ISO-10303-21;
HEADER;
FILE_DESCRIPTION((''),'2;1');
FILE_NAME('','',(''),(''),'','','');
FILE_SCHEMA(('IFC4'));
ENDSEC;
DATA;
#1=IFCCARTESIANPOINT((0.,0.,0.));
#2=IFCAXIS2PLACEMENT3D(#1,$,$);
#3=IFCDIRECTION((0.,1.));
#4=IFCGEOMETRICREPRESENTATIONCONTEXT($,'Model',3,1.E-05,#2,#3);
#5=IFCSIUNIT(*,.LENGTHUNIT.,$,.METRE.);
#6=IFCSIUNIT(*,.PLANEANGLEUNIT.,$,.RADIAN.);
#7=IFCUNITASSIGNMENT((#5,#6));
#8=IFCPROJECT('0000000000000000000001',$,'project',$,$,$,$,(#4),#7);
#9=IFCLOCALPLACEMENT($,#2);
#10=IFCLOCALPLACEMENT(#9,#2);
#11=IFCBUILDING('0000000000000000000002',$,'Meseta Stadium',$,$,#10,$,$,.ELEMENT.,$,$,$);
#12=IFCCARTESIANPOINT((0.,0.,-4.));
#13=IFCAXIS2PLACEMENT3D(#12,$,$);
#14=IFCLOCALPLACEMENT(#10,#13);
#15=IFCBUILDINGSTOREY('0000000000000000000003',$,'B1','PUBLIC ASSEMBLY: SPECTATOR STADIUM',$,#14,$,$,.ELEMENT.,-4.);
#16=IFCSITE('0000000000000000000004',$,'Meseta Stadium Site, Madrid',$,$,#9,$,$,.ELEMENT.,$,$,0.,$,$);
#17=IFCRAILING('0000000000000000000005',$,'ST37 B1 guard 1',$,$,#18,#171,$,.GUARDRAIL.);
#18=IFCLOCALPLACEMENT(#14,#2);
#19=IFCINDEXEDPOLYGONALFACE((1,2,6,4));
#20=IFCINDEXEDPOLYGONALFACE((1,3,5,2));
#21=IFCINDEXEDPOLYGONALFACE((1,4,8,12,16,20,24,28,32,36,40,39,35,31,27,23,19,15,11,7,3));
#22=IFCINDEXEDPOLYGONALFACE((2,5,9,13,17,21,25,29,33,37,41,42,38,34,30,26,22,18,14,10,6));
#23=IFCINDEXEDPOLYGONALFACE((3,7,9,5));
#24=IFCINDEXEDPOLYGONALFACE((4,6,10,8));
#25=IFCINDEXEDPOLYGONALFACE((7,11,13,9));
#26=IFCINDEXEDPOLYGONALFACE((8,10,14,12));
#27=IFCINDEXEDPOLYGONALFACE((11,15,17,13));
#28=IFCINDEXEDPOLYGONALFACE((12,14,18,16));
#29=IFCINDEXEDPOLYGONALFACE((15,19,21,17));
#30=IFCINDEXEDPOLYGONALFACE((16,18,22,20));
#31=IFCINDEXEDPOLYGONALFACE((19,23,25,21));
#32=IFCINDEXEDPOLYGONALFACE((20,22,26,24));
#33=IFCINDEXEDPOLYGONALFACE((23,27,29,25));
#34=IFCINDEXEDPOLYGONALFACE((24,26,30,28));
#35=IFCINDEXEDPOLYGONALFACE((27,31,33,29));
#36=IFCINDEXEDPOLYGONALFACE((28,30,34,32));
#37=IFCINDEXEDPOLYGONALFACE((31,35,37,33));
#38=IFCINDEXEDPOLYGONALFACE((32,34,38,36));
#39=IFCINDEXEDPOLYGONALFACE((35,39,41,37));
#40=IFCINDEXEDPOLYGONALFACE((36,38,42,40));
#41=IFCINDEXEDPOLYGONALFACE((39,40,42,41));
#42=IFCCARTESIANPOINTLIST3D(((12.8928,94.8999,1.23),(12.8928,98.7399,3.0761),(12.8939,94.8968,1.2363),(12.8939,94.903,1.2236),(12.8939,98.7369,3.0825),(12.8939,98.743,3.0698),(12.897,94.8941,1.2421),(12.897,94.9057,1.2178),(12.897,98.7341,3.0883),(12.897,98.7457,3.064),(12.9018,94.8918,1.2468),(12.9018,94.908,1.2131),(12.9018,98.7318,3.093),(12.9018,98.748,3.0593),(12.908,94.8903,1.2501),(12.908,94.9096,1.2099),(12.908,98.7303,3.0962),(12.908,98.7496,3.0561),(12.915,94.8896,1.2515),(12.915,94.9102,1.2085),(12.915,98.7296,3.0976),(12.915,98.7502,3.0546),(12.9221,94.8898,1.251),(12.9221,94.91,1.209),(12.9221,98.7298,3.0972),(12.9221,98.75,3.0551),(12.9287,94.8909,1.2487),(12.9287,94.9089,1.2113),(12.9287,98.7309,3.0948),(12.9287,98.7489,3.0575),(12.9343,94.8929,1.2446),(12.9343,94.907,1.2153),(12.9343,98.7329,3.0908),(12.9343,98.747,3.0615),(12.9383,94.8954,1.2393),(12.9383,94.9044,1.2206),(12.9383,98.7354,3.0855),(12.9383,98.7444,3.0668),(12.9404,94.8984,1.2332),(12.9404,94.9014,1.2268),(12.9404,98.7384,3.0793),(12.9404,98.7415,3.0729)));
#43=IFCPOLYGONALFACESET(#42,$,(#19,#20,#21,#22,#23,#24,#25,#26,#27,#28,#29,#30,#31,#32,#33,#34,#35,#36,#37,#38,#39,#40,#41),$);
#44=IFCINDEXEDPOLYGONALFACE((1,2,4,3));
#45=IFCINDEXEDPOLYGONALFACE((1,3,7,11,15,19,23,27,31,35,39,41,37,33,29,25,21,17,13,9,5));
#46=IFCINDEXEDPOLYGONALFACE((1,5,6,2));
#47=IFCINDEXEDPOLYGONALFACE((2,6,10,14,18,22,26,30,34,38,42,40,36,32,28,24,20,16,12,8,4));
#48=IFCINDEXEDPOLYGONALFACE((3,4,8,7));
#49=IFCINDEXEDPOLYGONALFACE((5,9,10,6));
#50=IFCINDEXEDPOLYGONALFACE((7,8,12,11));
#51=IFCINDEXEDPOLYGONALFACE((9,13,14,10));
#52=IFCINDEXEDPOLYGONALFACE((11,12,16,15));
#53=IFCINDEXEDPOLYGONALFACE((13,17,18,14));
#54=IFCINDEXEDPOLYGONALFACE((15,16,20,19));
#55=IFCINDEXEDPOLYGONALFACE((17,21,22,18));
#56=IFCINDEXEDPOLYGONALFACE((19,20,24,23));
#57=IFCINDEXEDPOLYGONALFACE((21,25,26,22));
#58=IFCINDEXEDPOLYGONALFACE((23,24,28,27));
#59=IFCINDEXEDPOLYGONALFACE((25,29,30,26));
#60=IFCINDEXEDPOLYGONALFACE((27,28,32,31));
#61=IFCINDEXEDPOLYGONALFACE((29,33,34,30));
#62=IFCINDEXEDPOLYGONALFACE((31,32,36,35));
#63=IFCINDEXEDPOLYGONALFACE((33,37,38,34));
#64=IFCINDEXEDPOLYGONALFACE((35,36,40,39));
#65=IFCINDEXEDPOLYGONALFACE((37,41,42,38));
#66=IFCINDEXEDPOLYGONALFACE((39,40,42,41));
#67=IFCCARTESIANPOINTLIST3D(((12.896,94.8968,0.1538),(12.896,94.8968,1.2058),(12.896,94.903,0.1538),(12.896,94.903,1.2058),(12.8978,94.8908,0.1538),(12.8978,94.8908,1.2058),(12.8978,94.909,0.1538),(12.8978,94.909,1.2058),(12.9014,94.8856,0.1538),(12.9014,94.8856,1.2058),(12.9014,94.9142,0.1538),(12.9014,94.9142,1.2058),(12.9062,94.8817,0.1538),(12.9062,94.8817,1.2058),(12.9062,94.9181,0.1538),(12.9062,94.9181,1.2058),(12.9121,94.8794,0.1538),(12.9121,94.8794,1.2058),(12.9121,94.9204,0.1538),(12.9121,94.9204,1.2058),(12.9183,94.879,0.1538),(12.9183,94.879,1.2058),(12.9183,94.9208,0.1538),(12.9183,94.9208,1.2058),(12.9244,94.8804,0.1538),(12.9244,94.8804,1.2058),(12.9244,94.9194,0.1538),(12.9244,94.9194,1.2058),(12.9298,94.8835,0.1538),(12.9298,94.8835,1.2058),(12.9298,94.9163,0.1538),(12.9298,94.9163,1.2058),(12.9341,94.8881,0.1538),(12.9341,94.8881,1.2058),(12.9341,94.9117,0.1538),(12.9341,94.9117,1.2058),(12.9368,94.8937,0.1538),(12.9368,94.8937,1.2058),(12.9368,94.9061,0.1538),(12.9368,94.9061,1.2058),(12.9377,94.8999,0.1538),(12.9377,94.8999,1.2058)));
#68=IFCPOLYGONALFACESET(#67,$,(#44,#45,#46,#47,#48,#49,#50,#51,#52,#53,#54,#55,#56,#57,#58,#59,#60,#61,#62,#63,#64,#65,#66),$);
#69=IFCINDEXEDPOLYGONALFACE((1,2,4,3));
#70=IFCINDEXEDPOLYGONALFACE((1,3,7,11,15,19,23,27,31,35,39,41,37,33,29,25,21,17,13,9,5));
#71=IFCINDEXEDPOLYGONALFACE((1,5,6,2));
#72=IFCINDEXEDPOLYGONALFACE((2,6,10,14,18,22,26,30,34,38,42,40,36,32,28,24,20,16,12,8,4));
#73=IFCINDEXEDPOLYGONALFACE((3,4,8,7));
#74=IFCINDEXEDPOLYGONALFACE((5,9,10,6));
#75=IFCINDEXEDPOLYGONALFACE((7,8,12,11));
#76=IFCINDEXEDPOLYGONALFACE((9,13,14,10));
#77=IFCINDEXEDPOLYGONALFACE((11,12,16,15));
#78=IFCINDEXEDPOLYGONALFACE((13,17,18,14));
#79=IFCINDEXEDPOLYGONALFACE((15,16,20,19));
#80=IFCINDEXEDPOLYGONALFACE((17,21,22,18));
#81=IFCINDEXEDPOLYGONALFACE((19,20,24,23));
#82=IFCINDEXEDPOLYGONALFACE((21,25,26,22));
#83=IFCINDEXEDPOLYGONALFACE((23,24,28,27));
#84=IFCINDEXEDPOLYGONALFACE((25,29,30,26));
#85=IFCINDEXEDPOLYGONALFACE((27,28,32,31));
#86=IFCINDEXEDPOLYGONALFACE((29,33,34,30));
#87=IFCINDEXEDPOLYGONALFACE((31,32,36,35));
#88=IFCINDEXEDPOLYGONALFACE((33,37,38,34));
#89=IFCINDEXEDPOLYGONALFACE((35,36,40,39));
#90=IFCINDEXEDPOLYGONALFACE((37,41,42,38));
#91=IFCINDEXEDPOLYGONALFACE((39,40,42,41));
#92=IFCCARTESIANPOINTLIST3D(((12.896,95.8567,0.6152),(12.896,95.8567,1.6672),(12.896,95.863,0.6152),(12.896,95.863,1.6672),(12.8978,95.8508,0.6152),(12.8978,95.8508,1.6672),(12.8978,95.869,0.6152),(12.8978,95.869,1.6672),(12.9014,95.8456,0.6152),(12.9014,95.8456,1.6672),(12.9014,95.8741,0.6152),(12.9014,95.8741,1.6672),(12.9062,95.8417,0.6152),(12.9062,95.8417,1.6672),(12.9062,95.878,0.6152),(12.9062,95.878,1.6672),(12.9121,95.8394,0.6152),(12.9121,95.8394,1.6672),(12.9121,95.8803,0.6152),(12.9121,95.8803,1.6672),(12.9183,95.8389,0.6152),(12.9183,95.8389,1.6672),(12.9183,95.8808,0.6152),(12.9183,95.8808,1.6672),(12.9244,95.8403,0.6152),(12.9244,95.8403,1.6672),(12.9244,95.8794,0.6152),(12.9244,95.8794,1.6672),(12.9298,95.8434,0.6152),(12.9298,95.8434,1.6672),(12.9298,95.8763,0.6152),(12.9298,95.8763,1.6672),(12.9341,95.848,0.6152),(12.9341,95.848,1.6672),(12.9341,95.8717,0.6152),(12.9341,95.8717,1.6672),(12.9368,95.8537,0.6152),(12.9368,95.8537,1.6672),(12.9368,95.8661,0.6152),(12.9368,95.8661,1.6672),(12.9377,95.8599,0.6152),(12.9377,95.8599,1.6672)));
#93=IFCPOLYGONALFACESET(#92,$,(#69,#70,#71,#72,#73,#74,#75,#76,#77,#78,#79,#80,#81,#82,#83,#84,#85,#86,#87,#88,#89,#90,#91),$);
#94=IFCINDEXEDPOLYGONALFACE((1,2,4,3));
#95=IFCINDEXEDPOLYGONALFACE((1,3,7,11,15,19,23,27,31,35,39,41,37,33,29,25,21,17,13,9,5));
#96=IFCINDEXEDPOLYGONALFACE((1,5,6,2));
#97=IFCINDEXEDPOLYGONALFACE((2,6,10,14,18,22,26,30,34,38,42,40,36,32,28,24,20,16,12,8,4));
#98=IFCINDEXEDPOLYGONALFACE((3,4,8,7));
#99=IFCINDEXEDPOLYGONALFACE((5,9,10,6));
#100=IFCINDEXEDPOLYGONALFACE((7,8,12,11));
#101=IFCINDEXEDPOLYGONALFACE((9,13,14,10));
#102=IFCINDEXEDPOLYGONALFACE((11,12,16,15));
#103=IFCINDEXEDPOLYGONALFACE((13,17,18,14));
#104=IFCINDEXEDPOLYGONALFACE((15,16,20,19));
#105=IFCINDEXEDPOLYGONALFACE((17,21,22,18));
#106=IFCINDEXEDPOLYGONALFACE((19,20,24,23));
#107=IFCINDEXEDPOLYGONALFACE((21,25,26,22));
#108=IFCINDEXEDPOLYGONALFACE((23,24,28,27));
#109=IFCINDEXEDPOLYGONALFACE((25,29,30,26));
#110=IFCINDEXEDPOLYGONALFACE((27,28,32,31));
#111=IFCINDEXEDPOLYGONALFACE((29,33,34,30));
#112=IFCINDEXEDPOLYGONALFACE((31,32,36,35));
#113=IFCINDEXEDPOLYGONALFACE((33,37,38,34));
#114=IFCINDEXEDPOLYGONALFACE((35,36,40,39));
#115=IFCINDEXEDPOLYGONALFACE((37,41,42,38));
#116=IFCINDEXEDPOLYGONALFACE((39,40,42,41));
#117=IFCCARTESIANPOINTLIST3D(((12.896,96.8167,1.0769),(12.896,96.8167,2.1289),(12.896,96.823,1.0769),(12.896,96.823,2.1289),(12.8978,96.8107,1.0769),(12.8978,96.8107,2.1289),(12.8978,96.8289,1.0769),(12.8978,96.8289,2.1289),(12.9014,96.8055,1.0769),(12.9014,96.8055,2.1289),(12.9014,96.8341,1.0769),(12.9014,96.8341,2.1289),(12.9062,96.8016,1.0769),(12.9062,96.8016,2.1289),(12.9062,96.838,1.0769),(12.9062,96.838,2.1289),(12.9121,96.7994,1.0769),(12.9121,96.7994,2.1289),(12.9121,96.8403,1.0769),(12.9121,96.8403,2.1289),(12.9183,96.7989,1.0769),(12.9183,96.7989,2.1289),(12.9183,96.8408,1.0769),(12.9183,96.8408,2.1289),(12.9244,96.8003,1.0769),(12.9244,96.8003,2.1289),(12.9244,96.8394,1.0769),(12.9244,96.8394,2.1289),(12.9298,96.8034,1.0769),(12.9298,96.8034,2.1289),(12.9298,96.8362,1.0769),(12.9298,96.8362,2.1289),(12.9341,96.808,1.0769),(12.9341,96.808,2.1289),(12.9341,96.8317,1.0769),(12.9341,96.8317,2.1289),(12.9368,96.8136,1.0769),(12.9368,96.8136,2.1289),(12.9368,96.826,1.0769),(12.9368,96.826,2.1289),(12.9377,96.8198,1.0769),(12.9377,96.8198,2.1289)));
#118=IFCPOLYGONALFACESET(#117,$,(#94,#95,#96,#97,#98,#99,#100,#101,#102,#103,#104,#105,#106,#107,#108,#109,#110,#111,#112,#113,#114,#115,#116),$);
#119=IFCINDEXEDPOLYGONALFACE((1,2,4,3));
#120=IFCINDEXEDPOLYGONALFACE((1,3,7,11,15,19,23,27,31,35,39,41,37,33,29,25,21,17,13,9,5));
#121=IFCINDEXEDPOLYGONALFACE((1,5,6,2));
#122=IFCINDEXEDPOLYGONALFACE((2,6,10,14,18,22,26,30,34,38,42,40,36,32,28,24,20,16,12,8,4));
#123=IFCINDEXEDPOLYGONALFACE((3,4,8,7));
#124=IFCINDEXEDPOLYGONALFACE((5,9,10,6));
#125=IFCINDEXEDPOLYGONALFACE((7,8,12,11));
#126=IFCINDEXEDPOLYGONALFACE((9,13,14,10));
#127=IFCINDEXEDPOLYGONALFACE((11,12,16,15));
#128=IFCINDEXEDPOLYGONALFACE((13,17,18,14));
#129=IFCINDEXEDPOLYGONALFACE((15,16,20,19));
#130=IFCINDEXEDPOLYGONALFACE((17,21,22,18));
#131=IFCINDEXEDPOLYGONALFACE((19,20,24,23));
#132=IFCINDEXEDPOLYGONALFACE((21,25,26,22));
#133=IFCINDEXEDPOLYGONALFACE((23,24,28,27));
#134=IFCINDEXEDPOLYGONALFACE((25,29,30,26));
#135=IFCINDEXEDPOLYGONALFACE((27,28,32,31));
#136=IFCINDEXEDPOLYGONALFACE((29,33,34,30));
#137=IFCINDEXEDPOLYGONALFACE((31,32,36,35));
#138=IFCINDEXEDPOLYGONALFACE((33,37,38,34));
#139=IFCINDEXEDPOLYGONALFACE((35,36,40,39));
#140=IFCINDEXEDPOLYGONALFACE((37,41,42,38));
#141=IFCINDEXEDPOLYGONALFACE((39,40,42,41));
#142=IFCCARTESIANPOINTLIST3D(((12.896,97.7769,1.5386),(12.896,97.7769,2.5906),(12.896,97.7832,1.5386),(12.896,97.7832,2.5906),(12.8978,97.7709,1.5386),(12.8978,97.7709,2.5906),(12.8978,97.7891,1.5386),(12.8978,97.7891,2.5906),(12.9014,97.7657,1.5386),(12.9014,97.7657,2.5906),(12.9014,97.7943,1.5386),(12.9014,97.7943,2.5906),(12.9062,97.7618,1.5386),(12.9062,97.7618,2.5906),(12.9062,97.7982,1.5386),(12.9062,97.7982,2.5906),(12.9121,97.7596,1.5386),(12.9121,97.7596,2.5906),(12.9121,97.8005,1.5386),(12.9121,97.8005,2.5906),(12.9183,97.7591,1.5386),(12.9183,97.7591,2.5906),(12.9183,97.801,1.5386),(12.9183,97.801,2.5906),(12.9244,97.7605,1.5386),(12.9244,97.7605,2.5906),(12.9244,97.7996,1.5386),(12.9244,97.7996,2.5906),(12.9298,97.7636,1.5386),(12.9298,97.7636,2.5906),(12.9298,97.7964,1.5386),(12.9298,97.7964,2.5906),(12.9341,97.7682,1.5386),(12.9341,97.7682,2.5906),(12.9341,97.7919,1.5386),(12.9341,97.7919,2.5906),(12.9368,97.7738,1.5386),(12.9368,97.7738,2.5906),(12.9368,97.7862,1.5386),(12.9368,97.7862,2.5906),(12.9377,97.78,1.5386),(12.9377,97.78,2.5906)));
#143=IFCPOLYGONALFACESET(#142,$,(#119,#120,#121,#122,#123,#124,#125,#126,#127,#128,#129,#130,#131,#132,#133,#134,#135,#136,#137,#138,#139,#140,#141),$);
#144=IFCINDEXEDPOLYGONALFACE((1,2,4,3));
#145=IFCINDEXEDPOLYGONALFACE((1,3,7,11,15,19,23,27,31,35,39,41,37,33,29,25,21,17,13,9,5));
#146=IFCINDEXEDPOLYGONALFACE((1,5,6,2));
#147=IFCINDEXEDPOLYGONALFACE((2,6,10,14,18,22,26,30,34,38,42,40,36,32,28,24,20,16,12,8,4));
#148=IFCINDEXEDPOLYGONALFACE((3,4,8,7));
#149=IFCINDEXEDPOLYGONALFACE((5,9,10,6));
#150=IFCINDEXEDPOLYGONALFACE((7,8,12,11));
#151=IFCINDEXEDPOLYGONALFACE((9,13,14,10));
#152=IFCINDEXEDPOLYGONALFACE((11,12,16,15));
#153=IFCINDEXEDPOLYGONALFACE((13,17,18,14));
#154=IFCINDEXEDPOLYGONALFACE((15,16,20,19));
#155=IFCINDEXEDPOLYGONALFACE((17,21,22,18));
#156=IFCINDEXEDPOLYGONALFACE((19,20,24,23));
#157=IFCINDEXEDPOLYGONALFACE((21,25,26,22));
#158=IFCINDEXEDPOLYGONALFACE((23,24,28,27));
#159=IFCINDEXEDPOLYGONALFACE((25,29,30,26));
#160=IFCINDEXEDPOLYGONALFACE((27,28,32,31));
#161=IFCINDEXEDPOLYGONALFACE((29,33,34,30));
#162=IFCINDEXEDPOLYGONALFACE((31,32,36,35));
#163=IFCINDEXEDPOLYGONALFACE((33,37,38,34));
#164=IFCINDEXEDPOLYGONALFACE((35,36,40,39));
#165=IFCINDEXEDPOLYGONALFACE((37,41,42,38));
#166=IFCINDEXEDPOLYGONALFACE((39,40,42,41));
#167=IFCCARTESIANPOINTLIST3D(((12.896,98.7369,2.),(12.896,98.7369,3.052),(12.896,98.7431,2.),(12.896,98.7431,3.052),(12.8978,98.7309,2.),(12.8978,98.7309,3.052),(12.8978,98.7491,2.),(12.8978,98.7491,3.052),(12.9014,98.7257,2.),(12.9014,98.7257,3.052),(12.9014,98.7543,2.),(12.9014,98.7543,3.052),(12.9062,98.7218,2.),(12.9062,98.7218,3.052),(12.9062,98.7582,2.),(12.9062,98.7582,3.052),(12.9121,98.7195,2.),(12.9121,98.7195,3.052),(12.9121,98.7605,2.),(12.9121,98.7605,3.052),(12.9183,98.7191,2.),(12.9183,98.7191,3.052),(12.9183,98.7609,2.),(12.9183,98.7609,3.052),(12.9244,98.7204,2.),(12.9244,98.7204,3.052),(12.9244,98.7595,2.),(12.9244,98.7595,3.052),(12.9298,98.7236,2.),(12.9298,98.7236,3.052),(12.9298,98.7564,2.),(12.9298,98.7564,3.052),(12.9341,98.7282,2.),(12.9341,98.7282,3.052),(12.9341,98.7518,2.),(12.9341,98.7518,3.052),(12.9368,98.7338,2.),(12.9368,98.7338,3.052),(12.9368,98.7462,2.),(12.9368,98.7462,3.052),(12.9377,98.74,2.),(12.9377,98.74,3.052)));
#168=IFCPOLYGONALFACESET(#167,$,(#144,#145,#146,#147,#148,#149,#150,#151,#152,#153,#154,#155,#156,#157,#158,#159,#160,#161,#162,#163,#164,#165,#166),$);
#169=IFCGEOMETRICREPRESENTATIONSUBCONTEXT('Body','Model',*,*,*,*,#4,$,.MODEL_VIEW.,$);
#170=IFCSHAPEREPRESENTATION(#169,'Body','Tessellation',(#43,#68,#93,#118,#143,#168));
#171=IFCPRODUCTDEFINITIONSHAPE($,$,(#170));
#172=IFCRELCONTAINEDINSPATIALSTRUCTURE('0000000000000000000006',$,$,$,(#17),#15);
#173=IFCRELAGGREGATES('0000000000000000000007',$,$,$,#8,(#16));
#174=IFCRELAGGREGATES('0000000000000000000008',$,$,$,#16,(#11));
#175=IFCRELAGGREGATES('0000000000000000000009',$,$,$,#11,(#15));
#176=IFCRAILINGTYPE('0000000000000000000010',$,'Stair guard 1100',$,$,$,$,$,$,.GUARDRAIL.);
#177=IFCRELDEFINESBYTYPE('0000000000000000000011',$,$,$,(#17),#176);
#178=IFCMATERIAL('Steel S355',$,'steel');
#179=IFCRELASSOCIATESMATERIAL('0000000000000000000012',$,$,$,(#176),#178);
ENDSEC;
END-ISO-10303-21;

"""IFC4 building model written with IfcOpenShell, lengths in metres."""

from ifc_helpers import new_model, si_unit, direction, frame, origin, origin_2d, place, context, subcontext, project, spatial, circle, extrude, material, type_object, element, save


model = new_model("IFC4")

# Units and contexts
model_context = context("Model", 3, precision=1e-05, world=origin(), true_north=direction((0.0, 1.0)))
body_context = subcontext(model_context, "Body", "Model", "MODEL_VIEW")
ifc_project = project(units=[si_unit("LENGTHUNIT", "METRE"), si_unit("PLANEANGLEUNIT", "RADIAN")], contexts=[model_context])

# Site, building, storey
site_placement = place(None, origin())
site = spatial("IfcSite", under=ifc_project, at=site_placement, Name="Meseta Stadium Site, Madrid", CompositionType="ELEMENT", RefElevation=0.0)
building_placement = place(site_placement, origin())
building = spatial("IfcBuilding", under=site, at=building_placement, Name="Meseta Stadium", CompositionType="ELEMENT")
storey_placement = place(building_placement, frame((0.0, 0.0, -4.0)))
storey = spatial("IfcBuildingStorey", under=building, at=storey_placement, Name="B1", Description="PUBLIC ASSEMBLY: SPECTATOR STADIUM", CompositionType="ELEMENT", Elevation=-4.0)

# Railing
ifc_material_1 = material(Name="Steel S355", Category="steel")
railing_type_1 = type_object("IfcRailingType", Name="Stair guard 1100", PredefinedType="GUARDRAIL", material=ifc_material_1)
railing_1_placement = place(storey_placement, frame((12.9167, 94.8999, 0.1538)))
element("IfcRailing", 1, at=railing_1_placement, inside=storey, type_object=railing_type_1, Name="ST37 B1 guard 1", PredefinedType="GUARDRAIL", context=body_context, shape_type="SweptSolid", body=[
    extrude(circle(Radius=0.0239, at=origin_2d()), frame((0.0, 0.0, 1.0762), z_axis=(0.0, 0.901253, 0.433294), x_axis=(-1.0, 0.0, 0.0)), (0.0, 0.0, 1.0), 4.2607),
    extrude(circle(Radius=0.021, at=origin_2d()), origin(), (0.0, 0.0, 1.0), 1.052),
    extrude(circle(Radius=0.021, at=origin_2d()), frame((0.0, 0.96, 0.4614)), (0.0, 0.0, 1.0), 1.052),
    extrude(circle(Radius=0.021, at=origin_2d()), frame((0.0, 1.9199, 0.9231)), (0.0, 0.0, 1.0), 1.052),
    extrude(circle(Radius=0.021, at=origin_2d()), frame((0.0, 2.8801, 1.3848)), (0.0, 0.0, 1.0), 1.052),
    extrude(circle(Radius=0.021, at=origin_2d()), frame((0.0, 3.8401, 1.8462)), (0.0, 0.0, 1.0), 1.052),
])

save(model, "model.ifc")
